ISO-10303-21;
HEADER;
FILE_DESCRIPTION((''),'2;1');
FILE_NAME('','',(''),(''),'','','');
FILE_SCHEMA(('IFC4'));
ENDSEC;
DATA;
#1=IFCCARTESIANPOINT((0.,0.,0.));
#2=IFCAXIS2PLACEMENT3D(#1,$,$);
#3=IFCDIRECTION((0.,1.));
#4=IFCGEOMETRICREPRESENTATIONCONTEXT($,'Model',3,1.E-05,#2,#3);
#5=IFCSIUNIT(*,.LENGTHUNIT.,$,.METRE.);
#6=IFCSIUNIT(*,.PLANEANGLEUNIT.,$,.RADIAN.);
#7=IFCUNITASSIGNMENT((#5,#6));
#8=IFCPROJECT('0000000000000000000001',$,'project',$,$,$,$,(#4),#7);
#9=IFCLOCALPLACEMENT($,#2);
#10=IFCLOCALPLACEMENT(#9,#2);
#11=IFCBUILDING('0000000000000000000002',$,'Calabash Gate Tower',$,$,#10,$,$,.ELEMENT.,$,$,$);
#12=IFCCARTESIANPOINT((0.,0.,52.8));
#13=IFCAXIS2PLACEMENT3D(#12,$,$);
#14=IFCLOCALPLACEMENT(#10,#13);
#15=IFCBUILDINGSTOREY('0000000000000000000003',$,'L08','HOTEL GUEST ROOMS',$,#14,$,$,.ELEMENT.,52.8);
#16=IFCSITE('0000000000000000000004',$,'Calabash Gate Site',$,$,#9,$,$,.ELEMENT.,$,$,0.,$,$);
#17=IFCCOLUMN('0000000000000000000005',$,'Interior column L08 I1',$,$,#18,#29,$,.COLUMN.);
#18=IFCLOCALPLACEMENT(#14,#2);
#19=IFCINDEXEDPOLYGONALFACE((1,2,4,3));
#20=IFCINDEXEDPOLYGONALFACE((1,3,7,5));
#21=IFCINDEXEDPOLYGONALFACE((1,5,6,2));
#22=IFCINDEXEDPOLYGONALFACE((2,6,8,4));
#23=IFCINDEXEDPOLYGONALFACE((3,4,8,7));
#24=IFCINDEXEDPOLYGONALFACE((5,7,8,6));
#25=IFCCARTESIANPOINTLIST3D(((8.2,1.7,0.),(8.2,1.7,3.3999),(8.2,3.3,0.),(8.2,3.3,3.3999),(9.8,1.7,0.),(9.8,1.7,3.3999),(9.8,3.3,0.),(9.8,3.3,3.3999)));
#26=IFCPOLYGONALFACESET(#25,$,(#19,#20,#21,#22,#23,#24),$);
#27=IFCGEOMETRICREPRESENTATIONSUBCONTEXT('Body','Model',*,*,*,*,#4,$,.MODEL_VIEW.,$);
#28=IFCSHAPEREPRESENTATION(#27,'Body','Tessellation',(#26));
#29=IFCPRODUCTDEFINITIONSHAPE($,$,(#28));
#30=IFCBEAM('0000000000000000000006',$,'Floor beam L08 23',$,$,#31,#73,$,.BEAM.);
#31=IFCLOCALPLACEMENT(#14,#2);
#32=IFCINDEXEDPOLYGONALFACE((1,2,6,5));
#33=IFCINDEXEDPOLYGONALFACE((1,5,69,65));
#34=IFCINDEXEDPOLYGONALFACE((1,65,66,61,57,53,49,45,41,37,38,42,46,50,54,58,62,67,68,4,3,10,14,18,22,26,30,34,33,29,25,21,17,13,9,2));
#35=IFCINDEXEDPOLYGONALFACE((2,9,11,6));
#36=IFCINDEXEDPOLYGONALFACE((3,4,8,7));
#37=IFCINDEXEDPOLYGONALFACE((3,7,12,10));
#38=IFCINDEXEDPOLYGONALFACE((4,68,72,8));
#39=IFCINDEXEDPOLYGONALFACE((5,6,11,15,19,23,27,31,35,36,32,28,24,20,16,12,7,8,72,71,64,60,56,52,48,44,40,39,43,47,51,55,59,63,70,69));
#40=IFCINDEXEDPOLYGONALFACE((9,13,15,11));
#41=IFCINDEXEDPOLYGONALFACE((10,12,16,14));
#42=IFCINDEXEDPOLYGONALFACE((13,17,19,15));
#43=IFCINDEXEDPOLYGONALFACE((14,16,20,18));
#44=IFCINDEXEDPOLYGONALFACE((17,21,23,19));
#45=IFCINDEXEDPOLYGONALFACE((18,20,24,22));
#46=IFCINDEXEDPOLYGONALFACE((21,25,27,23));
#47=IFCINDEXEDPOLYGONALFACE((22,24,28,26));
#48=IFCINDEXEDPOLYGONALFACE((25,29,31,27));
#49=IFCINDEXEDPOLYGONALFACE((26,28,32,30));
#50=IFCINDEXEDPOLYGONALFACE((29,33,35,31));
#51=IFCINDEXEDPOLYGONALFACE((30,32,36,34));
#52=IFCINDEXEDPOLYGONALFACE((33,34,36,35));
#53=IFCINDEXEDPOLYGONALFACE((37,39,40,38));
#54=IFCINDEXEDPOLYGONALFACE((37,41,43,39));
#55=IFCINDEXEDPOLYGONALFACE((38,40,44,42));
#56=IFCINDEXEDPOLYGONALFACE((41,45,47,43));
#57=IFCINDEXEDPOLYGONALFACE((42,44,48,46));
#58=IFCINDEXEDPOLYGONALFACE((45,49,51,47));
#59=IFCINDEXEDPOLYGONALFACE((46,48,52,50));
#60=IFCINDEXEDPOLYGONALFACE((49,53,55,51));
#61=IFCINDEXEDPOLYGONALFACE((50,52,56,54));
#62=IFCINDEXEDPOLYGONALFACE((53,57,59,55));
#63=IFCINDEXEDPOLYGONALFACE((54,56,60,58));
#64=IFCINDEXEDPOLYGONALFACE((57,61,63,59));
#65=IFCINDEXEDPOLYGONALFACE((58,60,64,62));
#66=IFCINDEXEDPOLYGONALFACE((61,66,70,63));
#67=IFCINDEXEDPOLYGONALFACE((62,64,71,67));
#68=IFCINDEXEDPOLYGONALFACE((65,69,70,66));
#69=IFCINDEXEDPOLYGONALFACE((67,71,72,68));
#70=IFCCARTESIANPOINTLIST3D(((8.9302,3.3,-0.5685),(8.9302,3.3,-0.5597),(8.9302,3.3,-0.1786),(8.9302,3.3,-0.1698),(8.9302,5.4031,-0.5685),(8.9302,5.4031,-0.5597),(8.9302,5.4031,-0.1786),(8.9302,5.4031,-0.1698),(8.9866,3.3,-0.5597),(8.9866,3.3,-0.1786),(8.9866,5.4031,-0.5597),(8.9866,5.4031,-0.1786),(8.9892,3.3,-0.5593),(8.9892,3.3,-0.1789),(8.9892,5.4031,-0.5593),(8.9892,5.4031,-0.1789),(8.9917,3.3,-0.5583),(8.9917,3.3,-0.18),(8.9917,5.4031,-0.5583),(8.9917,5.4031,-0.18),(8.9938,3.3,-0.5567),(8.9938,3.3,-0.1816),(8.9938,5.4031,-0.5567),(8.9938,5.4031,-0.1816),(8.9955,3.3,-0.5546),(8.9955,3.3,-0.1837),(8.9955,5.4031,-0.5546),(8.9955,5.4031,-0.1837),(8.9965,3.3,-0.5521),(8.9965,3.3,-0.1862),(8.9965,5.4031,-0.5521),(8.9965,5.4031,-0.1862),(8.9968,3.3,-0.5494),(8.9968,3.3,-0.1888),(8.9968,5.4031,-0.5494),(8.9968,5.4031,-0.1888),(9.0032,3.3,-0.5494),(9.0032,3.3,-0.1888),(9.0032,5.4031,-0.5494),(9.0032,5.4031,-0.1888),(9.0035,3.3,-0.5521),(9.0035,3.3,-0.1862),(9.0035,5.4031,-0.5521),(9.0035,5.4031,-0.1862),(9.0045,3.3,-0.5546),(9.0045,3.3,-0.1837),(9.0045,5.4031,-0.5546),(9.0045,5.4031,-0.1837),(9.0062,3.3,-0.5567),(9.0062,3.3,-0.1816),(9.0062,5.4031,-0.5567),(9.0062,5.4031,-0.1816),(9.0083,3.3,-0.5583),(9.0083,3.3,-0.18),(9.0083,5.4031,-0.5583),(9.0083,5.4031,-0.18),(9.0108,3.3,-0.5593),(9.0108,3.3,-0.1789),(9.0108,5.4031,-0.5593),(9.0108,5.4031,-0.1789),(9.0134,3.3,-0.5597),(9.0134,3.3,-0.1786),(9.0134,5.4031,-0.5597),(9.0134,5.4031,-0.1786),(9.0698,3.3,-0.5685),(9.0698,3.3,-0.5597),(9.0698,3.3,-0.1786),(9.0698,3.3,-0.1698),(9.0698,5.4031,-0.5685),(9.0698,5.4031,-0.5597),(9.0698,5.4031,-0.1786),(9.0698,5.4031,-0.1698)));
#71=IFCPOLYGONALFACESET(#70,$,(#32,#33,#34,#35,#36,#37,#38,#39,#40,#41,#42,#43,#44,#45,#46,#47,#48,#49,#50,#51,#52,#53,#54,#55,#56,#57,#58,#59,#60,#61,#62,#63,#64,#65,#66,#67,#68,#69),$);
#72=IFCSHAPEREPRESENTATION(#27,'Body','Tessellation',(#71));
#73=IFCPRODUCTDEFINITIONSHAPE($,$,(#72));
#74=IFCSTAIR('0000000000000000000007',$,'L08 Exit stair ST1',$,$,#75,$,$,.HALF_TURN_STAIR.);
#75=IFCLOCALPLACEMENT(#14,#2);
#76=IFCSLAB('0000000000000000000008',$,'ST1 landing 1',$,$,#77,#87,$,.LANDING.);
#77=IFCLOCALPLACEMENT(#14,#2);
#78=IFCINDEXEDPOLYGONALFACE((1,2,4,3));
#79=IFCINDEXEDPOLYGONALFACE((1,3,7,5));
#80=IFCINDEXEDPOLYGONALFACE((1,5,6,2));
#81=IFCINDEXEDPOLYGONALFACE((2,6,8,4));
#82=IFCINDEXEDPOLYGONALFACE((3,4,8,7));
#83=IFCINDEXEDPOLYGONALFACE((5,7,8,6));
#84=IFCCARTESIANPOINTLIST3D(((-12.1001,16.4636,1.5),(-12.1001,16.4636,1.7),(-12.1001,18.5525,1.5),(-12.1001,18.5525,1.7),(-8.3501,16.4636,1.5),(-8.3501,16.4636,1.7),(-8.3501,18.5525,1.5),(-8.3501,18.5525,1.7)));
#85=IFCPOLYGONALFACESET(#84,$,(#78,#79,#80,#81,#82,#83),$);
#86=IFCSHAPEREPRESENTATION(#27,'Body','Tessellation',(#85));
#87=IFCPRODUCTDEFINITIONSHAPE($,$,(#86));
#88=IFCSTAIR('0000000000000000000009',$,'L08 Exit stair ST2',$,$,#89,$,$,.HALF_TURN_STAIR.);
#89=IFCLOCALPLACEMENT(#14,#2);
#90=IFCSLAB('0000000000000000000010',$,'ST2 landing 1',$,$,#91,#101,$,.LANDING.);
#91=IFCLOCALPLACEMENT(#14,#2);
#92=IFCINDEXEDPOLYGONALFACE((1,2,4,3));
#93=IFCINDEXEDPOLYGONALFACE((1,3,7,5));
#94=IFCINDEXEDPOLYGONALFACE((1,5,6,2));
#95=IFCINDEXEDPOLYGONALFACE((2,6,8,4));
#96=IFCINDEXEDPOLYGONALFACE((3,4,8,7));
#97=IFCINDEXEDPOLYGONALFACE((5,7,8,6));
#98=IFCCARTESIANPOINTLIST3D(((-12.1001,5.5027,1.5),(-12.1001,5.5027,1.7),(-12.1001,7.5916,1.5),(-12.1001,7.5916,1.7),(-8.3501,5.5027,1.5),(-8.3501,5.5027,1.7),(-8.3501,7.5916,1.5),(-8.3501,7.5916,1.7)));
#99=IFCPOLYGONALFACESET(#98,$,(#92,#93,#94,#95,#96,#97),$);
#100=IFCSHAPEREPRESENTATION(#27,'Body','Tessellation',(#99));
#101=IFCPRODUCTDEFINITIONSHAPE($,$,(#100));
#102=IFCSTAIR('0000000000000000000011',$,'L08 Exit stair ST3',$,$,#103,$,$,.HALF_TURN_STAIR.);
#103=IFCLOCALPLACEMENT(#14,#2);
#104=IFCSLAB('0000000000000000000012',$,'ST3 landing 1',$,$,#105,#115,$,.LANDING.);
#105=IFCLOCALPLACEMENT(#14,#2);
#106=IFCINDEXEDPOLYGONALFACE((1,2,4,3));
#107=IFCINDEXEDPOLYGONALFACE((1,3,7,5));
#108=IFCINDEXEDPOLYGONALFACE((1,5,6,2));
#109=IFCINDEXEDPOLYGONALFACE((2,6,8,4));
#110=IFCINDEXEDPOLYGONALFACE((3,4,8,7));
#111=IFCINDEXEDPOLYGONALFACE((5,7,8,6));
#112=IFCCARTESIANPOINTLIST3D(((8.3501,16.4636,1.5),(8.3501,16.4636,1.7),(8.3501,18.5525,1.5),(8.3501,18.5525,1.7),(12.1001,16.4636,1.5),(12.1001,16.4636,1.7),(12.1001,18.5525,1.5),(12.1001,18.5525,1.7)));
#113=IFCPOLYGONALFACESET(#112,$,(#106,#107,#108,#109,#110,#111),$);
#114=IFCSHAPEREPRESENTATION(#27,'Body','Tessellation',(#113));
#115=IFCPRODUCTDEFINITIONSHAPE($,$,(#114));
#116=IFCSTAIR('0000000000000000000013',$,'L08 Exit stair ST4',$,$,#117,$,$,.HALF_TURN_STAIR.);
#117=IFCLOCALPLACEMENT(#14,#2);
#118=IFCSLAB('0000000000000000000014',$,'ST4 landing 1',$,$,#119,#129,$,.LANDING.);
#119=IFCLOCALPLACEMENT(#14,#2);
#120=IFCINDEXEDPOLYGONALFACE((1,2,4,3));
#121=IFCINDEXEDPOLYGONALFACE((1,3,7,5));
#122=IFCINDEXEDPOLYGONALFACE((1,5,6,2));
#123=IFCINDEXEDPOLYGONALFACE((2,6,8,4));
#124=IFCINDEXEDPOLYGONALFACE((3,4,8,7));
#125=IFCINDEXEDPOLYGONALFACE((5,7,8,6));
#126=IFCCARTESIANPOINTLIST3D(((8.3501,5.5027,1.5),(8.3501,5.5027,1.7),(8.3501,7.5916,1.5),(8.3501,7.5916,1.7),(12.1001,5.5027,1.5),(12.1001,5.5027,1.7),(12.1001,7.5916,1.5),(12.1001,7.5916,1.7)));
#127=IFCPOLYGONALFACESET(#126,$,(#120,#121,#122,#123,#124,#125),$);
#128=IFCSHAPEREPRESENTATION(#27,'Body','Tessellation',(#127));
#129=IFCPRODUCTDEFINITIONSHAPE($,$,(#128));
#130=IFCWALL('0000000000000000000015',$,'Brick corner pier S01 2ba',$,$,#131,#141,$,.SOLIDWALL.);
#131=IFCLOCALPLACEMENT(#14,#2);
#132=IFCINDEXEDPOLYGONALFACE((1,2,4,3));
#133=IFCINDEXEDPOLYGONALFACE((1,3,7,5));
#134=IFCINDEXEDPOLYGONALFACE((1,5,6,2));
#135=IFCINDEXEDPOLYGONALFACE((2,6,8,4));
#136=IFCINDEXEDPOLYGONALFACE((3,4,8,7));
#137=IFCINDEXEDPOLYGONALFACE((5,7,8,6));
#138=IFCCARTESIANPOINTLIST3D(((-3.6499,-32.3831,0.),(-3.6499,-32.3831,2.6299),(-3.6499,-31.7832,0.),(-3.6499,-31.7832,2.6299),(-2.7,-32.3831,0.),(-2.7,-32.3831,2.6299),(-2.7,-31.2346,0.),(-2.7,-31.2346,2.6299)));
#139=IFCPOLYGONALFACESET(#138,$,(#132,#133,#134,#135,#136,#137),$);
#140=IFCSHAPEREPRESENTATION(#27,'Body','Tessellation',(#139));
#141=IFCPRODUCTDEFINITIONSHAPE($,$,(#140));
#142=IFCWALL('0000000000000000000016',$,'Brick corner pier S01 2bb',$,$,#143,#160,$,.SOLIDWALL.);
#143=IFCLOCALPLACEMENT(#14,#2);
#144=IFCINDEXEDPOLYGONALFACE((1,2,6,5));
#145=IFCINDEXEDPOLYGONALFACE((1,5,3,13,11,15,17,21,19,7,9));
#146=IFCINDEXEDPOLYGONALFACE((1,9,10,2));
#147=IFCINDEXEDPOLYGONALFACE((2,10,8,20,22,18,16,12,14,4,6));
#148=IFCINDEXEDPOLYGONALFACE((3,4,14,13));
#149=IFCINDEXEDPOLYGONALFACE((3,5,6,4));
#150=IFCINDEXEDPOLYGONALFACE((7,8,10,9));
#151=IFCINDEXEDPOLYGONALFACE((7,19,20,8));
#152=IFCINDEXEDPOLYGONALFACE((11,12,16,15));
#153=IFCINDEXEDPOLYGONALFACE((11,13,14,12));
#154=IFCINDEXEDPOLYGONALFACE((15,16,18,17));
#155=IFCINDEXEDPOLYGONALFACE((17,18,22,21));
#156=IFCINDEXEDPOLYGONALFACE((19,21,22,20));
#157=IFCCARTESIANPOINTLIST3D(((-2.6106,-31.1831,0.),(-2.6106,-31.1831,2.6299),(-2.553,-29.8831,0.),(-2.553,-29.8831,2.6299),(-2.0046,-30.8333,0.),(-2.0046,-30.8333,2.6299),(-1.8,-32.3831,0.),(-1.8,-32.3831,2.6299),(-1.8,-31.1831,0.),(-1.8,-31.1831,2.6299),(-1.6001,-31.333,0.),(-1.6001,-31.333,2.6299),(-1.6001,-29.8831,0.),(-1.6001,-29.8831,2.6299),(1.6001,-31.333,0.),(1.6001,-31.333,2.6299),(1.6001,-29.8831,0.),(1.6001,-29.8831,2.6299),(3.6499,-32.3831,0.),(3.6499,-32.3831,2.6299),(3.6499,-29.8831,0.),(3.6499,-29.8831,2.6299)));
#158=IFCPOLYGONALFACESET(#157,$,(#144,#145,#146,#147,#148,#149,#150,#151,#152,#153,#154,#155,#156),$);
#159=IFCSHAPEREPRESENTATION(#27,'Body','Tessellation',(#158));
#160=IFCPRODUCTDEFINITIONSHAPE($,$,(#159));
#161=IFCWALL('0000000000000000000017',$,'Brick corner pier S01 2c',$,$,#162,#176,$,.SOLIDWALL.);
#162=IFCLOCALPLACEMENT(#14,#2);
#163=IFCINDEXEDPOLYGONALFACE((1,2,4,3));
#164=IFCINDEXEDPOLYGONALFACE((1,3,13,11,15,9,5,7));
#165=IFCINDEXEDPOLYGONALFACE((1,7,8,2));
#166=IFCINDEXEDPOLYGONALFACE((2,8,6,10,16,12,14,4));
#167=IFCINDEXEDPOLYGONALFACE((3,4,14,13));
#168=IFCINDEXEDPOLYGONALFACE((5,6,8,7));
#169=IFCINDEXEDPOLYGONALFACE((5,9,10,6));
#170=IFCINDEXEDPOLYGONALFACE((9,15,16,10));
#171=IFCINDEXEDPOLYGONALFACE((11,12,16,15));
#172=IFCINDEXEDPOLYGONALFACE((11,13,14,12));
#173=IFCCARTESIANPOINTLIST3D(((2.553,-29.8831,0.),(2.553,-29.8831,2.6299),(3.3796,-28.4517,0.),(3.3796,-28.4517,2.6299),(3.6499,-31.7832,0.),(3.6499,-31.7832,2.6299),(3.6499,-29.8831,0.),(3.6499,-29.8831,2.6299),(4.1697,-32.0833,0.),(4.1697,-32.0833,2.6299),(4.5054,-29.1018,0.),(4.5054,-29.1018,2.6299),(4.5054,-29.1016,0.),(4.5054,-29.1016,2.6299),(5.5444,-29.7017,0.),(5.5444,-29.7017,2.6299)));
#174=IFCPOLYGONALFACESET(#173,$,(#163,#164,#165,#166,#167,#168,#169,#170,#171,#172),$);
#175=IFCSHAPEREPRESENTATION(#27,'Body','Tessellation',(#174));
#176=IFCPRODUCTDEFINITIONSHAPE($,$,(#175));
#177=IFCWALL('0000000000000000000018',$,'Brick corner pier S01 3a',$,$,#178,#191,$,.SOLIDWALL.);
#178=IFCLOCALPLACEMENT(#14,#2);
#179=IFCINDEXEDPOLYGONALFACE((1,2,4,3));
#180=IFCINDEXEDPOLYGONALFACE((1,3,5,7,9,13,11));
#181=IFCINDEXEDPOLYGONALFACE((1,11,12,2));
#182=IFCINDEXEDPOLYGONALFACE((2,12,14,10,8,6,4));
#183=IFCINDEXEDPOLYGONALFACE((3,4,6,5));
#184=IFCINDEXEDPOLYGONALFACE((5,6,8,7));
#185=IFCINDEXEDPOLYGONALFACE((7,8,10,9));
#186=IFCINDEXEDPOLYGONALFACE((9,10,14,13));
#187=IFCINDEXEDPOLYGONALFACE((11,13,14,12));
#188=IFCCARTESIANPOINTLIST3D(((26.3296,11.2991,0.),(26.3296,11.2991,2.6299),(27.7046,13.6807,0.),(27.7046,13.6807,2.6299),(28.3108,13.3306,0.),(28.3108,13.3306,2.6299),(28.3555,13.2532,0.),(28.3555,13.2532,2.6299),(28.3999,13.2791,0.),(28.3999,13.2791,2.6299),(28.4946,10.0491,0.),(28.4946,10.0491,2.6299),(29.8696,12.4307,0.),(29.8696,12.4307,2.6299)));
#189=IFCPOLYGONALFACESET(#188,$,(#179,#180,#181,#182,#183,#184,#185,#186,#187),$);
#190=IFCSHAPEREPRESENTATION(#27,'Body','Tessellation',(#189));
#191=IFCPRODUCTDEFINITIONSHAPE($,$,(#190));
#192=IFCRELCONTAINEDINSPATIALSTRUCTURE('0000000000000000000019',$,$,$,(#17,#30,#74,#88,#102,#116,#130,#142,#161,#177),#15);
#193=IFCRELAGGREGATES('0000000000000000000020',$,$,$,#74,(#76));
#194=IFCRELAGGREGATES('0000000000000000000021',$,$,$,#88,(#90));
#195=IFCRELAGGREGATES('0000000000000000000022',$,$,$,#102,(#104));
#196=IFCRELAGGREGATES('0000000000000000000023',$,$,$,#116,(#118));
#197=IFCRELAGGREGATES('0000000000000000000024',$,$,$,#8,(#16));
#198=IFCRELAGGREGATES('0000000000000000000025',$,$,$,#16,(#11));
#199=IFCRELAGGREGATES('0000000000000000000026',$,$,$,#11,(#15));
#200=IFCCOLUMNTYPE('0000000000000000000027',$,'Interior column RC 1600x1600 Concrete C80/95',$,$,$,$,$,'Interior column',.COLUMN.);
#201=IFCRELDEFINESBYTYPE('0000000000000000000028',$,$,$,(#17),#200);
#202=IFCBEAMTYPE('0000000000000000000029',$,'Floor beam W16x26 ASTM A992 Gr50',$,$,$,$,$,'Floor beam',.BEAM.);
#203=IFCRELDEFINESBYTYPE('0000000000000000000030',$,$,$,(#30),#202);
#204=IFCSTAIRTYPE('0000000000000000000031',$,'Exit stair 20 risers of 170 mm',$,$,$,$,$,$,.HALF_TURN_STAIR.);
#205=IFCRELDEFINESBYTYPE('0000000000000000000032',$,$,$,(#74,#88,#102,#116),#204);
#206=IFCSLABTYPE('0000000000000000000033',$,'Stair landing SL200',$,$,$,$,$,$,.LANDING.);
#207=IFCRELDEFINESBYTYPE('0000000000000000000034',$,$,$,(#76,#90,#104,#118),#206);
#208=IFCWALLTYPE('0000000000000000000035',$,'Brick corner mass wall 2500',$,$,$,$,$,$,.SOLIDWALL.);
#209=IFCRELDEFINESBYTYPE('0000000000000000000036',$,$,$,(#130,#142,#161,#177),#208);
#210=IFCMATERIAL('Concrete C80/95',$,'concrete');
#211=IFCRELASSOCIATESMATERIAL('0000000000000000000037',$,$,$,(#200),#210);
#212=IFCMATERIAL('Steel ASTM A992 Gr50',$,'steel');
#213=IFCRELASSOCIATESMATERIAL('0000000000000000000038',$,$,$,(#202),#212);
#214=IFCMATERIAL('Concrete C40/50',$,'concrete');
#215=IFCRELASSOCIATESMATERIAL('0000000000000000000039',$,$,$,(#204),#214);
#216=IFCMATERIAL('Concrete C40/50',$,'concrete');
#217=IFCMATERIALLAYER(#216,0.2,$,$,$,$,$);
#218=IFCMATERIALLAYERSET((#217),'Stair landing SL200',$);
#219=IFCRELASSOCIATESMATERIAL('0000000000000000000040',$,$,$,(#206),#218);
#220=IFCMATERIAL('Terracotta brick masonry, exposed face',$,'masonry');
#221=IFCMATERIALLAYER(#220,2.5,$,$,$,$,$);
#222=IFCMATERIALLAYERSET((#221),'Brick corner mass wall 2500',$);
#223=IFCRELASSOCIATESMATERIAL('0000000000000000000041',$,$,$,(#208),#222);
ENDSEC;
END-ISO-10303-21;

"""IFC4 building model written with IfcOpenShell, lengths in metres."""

from ifc_helpers import new_model, si_unit, direction, frame, origin, origin_2d, place, context, subcontext, project, spatial, polyline, rectangle, i_section, outline, extrude, material, layer, layer_set, material_profile, profile_set, type_object, element, aggregate, save


model = new_model("IFC4")

# Units and contexts
model_context = context("Model", 3, precision=1e-05, world=origin(), true_north=direction((0.0, 1.0)))
body_context = subcontext(model_context, "Body", "Model", "MODEL_VIEW")
ifc_project = project(units=[si_unit("LENGTHUNIT", "METRE"), si_unit("PLANEANGLEUNIT", "RADIAN")], contexts=[model_context])

# Site, building, storey
site_placement = place(None, origin())
site = spatial("IfcSite", under=ifc_project, at=site_placement, Name="Calabash Gate Site", CompositionType="ELEMENT", RefElevation=0.0)
building_placement = place(site_placement, origin())
building = spatial("IfcBuilding", under=site, at=building_placement, Name="Calabash Gate Tower", CompositionType="ELEMENT")
storey_placement = place(building_placement, frame((0.0, 0.0, 52.8)))
storey = spatial("IfcBuildingStorey", under=building, at=storey_placement, Name="L08", Description="HOTEL GUEST ROOMS", CompositionType="ELEMENT", Elevation=52.8)

# Column
ifc_material_1 = material(Name="Concrete C80/95", Category="concrete")
ifc_material_profile_1 = material_profile(ifc_material_1, rectangle(XDim=1.6001, YDim=1.6001, at=origin_2d()))
ifc_profile_set_1 = profile_set([ifc_material_profile_1], Name="Concrete C80/95")
column_type = type_object("IfcColumnType", Name="Interior column RC 1600x1600 Concrete C80/95", ElementType="Interior column", PredefinedType="COLUMN", material=ifc_profile_set_1)
column_placement = place(storey_placement, frame((9.0, 2.5, 0.0), z_axis=(0.0, 0.0, 1.0), x_axis=(1.0, 0.0, 0.0)))
element("IfcColumn", 1, at=column_placement, inside=storey, type_object=column_type, Name="Interior column L08 I1", PredefinedType="COLUMN", context=body_context, shape_type="SweptSolid", body=[
    extrude(rectangle(XDim=1.6001, YDim=1.6001, at=origin_2d()), origin(), (0.0, 0.0, 1.0), 3.3999),
])

# Beam
ifc_material_2 = material(Name="Steel ASTM A992 Gr50", Category="steel")
ifc_material_profile_2 = material_profile(ifc_material_2, i_section(OverallWidth=0.1396, OverallDepth=0.3987, WebThickness=0.0063, FlangeThickness=0.0088, FilletRadius=0.0103, at=origin_2d()))
ifc_profile_set_2 = profile_set([ifc_material_profile_2], Name="Steel ASTM A992 Gr50")
beam_type = type_object("IfcBeamType", Name="Floor beam W16x26 ASTM A992 Gr50", ElementType="Floor beam", PredefinedType="BEAM", material=ifc_profile_set_2)
beam_placement = place(storey_placement, frame((9.0, 3.3, -0.3691), z_axis=(0.0, 1.0, 0.0), x_axis=(-1.0, 0.0, 0.0)))
element("IfcBeam", 2, at=beam_placement, inside=storey, type_object=beam_type, Name="Floor beam L08 23", PredefinedType="BEAM", context=body_context, shape_type="SweptSolid", body=[
    extrude(i_section(OverallWidth=0.1396, OverallDepth=0.3987, WebThickness=0.0063, FlangeThickness=0.0088, FilletRadius=0.0103, at=origin_2d()), origin(), (0.0, 0.0, 1.0), 2.103),
])

# Stairs, slabs
ifc_material_3 = material(Name="Concrete C40/50", Category="concrete")
stair_type = type_object("IfcStairType", Name="Exit stair 20 risers of 170 mm", PredefinedType="HALF_TURN_STAIR", material=ifc_material_3)
stair_1_placement = place(storey_placement, origin())
stair_1 = element("IfcStair", 3, at=stair_1_placement, inside=storey, type_object=stair_type, Name="L08 Exit stair ST1", PredefinedType="HALF_TURN_STAIR")
ifc_material_4 = material(Name="Concrete C40/50", Category="concrete")
ifc_layer_1 = layer(ifc_material_4, 0.2)
ifc_layer_set_1 = layer_set([ifc_layer_1], Name="Stair landing SL200")
slab_type = type_object("IfcSlabType", Name="Stair landing SL200", PredefinedType="LANDING", material=ifc_layer_set_1)
slab_1_placement = place(storey_placement, frame((0.0, 0.0, 1.5)))
slab_1 = element("IfcSlab", 4, at=slab_1_placement, type_object=slab_type, Name="ST1 landing 1", PredefinedType="LANDING", context=body_context, shape_type="SweptSolid", body=[
    extrude(outline(polyline([(-8.3501, 16.4636), (-8.3501, 18.5525), (-12.1001, 18.5525), (-12.1001, 16.4636), (-8.3501, 16.4636)])), origin(), (0.0, 0.0, 1.0), 0.2),
])
aggregate(stair_1, [slab_1])
stair_2_placement = place(storey_placement, origin())
stair_2 = element("IfcStair", 5, at=stair_2_placement, inside=storey, type_object=stair_type, Name="L08 Exit stair ST2", PredefinedType="HALF_TURN_STAIR")
slab_2_placement = place(storey_placement, frame((0.0, 0.0, 1.5)))
slab_2 = element("IfcSlab", 6, at=slab_2_placement, type_object=slab_type, Name="ST2 landing 1", PredefinedType="LANDING", context=body_context, shape_type="SweptSolid", body=[
    extrude(outline(polyline([(-12.1001, 7.5916), (-12.1001, 5.5027), (-8.3501, 5.5027), (-8.3501, 7.5916), (-12.1001, 7.5916)])), origin(), (0.0, 0.0, 1.0), 0.2),
])
aggregate(stair_2, [slab_2])
stair_3_placement = place(storey_placement, origin())
stair_3 = element("IfcStair", 7, at=stair_3_placement, inside=storey, type_object=stair_type, Name="L08 Exit stair ST3", PredefinedType="HALF_TURN_STAIR")
slab_3_placement = place(storey_placement, frame((0.0, 0.0, 1.5)))
slab_3 = element("IfcSlab", 8, at=slab_3_placement, type_object=slab_type, Name="ST3 landing 1", PredefinedType="LANDING", context=body_context, shape_type="SweptSolid", body=[
    extrude(outline(polyline([(12.1001, 16.4636), (12.1001, 18.5525), (8.3501, 18.5525), (8.3501, 16.4636), (12.1001, 16.4636)])), origin(), (0.0, 0.0, 1.0), 0.2),
])
aggregate(stair_3, [slab_3])
stair_4_placement = place(storey_placement, origin())
stair_4 = element("IfcStair", 9, at=stair_4_placement, inside=storey, type_object=stair_type, Name="L08 Exit stair ST4", PredefinedType="HALF_TURN_STAIR")
slab_4_placement = place(storey_placement, frame((0.0, 0.0, 1.5)))
slab_4 = element("IfcSlab", 10, at=slab_4_placement, type_object=slab_type, Name="ST4 landing 1", PredefinedType="LANDING", context=body_context, shape_type="SweptSolid", body=[
    extrude(outline(polyline([(8.3501, 7.5916), (8.3501, 5.5027), (12.1001, 5.5027), (12.1001, 7.5916), (8.3501, 7.5916)])), origin(), (0.0, 0.0, 1.0), 0.2),
])
aggregate(stair_4, [slab_4])

# Walls
ifc_material_5 = material(Name="Terracotta brick masonry, exposed face", Category="masonry")
ifc_layer_2 = layer(ifc_material_5, 2.5)
ifc_layer_set_2 = layer_set([ifc_layer_2], Name="Brick corner mass wall 2500")
wall_type_1 = type_object("IfcWallType", Name="Brick corner mass wall 2500", PredefinedType="SOLIDWALL", material=ifc_layer_set_2)
wall_1_placement = place(storey_placement, origin())
element("IfcWall", 11, at=wall_1_placement, inside=storey, type_object=wall_type_1, Name="Brick corner pier S01 2ba", PredefinedType="SOLIDWALL", context=body_context, shape_type="SweptSolid", body=[
    extrude(outline(polyline([(-3.6499, -31.7832), (-3.6499, -32.3831), (-2.7, -32.3831), (-2.7, -31.2346), (-3.6499, -31.7832)])), origin(), (0.0, 0.0, 1.0), 2.6299),
])
wall_2_placement = place(storey_placement, origin())
element("IfcWall", 12, at=wall_2_placement, inside=storey, type_object=wall_type_1, Name="Brick corner pier S01 2bb", PredefinedType="SOLIDWALL", context=body_context, shape_type="SweptSolid", body=[
    extrude(outline(polyline([(-1.8, -31.1831), (-1.8, -32.3831), (3.6499, -32.3831), (3.6499, -29.8831), (1.6001, -29.8831), (1.6001, -31.333), (-1.6001, -31.333), (-1.6001, -29.8831), (-2.553, -29.8831), (-2.0046, -30.8333), (-2.6106, -31.1831), (-1.8, -31.1831)])), origin(), (0.0, 0.0, 1.0), 2.6299),
])
wall_3_placement = place(storey_placement, origin())
element("IfcWall", 13, at=wall_3_placement, inside=storey, type_object=wall_type_1, Name="Brick corner pier S01 2c", PredefinedType="SOLIDWALL", context=body_context, shape_type="SweptSolid", body=[
    extrude(outline(polyline([(4.5054, -29.1016), (3.3796, -28.4517), (2.553, -29.8831), (3.6499, -29.8831), (3.6499, -31.7832), (4.1697, -32.0833), (5.5444, -29.7017), (4.5054, -29.1018), (4.5054, -29.1016)])), origin(), (0.0, 0.0, 1.0), 2.6299),
])
wall_4_placement = place(storey_placement, origin())
element("IfcWall", 14, at=wall_4_placement, inside=storey, type_object=wall_type_1, Name="Brick corner pier S01 3a", PredefinedType="SOLIDWALL", context=body_context, shape_type="SweptSolid", body=[
    extrude(outline(polyline([(28.4946, 10.0491), (29.8696, 12.4307), (28.3999, 13.2791), (28.3555, 13.2532), (28.3108, 13.3306), (27.7046, 13.6807), (26.3296, 11.2991), (28.4946, 10.0491)])), origin(), (0.0, 0.0, 1.0), 2.6299),
])

save(model, "model.ifc")
